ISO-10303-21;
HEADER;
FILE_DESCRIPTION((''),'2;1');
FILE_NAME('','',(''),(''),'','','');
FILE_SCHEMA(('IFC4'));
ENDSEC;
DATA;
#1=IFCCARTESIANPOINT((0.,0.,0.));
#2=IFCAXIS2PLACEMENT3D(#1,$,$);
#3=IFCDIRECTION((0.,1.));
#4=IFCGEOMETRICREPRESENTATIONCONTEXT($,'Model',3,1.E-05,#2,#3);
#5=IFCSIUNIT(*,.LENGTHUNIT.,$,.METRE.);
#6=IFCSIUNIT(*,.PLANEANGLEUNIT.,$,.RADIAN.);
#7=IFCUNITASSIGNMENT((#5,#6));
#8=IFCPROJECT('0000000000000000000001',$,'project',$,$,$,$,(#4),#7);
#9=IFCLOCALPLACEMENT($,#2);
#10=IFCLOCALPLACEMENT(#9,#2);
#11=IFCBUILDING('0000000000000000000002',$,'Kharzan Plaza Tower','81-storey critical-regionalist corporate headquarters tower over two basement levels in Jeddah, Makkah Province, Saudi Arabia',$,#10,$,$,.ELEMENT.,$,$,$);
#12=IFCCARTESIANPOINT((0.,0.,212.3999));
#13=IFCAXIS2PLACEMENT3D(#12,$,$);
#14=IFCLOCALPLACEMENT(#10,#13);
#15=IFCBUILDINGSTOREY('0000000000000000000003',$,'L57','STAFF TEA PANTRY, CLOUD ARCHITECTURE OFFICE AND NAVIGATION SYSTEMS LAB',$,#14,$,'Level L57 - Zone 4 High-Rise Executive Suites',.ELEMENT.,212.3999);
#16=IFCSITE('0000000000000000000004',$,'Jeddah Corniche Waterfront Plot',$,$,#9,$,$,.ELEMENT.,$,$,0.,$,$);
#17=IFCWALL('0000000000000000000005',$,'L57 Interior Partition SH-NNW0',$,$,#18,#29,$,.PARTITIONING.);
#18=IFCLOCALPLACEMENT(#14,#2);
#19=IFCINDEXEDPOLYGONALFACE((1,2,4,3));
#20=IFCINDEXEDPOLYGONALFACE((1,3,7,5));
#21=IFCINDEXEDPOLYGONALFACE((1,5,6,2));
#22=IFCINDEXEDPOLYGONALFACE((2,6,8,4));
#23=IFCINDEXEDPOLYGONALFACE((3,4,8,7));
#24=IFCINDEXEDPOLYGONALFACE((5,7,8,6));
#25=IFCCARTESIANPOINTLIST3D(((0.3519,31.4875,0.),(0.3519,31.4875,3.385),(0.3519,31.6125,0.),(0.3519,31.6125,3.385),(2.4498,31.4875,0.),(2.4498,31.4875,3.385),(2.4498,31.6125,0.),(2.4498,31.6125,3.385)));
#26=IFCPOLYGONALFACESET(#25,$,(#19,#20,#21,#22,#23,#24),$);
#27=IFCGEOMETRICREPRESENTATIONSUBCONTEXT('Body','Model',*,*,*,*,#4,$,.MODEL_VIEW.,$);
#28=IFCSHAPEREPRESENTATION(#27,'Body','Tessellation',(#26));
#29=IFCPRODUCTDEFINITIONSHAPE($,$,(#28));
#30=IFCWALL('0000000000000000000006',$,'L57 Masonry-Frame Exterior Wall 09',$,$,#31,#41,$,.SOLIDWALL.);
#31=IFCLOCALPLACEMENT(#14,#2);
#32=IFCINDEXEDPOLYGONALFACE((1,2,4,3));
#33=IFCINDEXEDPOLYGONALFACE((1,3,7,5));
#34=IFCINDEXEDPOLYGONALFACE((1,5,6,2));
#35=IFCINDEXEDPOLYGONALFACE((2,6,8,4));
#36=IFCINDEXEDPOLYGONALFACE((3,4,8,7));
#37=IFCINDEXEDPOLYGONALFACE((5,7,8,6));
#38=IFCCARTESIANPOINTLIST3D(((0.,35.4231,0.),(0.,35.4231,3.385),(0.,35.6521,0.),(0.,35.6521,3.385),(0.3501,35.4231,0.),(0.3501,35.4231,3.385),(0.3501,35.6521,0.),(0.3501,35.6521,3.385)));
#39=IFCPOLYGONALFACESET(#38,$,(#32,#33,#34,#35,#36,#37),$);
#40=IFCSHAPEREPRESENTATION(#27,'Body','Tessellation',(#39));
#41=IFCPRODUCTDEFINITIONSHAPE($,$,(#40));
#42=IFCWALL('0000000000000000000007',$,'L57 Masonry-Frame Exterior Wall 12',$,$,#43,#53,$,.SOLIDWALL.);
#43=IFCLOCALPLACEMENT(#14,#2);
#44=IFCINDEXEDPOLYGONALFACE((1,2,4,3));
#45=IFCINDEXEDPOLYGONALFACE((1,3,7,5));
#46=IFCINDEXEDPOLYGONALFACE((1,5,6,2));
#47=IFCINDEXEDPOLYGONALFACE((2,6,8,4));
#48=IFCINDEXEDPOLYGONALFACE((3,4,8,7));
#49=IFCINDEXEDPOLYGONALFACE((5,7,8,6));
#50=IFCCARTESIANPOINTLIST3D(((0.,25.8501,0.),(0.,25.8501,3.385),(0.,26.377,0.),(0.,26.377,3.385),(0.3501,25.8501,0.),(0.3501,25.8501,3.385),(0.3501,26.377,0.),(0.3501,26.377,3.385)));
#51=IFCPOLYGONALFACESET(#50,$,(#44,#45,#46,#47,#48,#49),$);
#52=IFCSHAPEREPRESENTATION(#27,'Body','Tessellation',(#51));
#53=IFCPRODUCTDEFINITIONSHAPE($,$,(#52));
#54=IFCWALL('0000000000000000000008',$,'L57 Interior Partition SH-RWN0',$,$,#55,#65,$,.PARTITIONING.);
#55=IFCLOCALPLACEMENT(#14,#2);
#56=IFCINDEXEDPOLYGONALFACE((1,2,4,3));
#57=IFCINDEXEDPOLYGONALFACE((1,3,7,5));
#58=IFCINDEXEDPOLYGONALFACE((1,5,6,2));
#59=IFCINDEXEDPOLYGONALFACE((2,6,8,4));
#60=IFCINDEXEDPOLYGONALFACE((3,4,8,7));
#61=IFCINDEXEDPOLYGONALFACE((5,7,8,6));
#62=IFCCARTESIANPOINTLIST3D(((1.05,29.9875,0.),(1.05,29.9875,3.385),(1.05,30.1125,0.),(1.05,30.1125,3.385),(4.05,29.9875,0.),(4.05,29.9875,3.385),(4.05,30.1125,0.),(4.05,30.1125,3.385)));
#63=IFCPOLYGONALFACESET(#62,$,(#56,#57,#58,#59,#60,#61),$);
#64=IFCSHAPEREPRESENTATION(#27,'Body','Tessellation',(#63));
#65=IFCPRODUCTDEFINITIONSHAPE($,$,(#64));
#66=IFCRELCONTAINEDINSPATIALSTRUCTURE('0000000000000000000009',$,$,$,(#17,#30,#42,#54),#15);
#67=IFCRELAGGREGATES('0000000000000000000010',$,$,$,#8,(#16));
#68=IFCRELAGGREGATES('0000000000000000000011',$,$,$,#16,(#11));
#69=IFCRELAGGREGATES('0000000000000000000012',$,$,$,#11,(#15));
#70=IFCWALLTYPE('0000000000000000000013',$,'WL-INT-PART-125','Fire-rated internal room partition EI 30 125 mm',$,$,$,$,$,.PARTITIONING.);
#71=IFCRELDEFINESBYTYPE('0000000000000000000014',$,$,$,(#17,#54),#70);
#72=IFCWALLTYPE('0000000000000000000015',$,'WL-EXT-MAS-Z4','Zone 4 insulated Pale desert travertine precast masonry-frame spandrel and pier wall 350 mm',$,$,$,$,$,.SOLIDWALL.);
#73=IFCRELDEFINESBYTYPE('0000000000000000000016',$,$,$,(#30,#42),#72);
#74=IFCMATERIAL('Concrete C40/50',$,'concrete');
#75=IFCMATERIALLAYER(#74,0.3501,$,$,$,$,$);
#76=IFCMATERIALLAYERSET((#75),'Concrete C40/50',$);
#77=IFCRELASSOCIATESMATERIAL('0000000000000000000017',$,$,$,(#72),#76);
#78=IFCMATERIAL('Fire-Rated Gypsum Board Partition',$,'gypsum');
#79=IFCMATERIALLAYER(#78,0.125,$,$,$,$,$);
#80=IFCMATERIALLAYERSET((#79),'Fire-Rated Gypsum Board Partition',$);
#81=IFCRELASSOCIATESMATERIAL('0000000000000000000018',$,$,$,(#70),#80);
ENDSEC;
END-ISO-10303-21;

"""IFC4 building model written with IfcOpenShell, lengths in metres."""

from ifc_helpers import new_model, si_unit, direction, frame, frame_2d, origin, place, context, subcontext, project, spatial, rectangle, extrude, source, transform, mapped, material, layer, layer_set, type_object, element, save


model = new_model("IFC4")

# Units and contexts
model_context = context("Model", 3, precision=1e-05, world=origin(), true_north=direction((0.0, 1.0)))
body_context = subcontext(model_context, "Body", "Model", "MODEL_VIEW")
ifc_project = project(units=[si_unit("LENGTHUNIT", "METRE"), si_unit("PLANEANGLEUNIT", "RADIAN")], contexts=[model_context])

# Site, building, storey
site_placement = place(None, origin())
site = spatial("IfcSite", under=ifc_project, at=site_placement, Name="Jeddah Corniche Waterfront Plot", CompositionType="ELEMENT", RefElevation=0.0)
building_placement = place(site_placement, origin())
building = spatial("IfcBuilding", under=site, at=building_placement, Name="Kharzan Plaza Tower", Description="81-storey critical-regionalist corporate headquarters tower over two basement levels in Jeddah, Makkah Province, Saudi Arabia", CompositionType="ELEMENT")
storey_placement = place(building_placement, frame((0.0, 0.0, 212.3999)))
storey = spatial("IfcBuildingStorey", under=building, at=storey_placement, Name="L57", Description="STAFF TEA PANTRY, CLOUD ARCHITECTURE OFFICE AND NAVIGATION SYSTEMS LAB", LongName="Level L57 - Zone 4 High-Rise Executive Suites", CompositionType="ELEMENT", Elevation=212.3999)

# Shared definitions
ifc_material_1 = material(Name="Concrete C40/50", Category="concrete")
ifc_layer_1 = layer(ifc_material_1, 0.3501)
ifc_layer_set_1 = layer_set([ifc_layer_1], Name="Concrete C40/50")
wall_type_1 = type_object("IfcWallType", Name="WL-EXT-MAS-Z4", Description="Zone 4 insulated Pale desert travertine precast masonry-frame spandrel and pier wall 350 mm", PredefinedType="SOLIDWALL", material=ifc_layer_set_1)

# Shared definitions
ifc_material_2 = material(Name="Fire-Rated Gypsum Board Partition", Category="gypsum")
ifc_layer_2 = layer(ifc_material_2, 0.125)
ifc_layer_set_2 = layer_set([ifc_layer_2], Name="Fire-Rated Gypsum Board Partition")
wall_type_2 = type_object("IfcWallType", Name="WL-INT-PART-125", Description="Fire-rated internal room partition EI 30 125 mm", PredefinedType="PARTITIONING", material=ifc_layer_set_2)

# Walls
shared_shape_1 = source(origin(), body_context, "Body", "SweptSolid", [
    extrude(rectangle(XDim=2.0979, YDim=0.125, at=frame_2d((1.0488, 0.0))), origin(), (0.0, 0.0, 1.0), 3.385),
])
wall_1_placement = place(storey_placement, frame((0.3521, 31.55, 0.0), z_axis=(0.0, 0.0, 1.0), x_axis=(1.0, 0.0, 0.0)))
element("IfcWall", 1, at=wall_1_placement, inside=storey, type_object=wall_type_2, Name="L57 Interior Partition SH-NNW0", PredefinedType="PARTITIONING", context=body_context, shape_type="MappedRepresentation", body=[
    mapped(shared_shape_1, transform((0.0, 0.0, 0.0), x_axis=(1.0, 0.0, 0.0), y_axis=(0.0, 1.0, 0.0), z_axis=(0.0, 0.0, 1.0))),
])
shared_shape_2 = source(origin(), body_context, "Body", "SweptSolid", [
    extrude(rectangle(XDim=0.229, YDim=0.3501, at=frame_2d((0.1145, 0.0))), origin(), (0.0, 0.0, 1.0), 3.385),
])
wall_2_placement = place(storey_placement, frame((0.175, 35.6521, 0.0), z_axis=(0.0, 0.0, 1.0), x_axis=(0.0, -1.0, 0.0)))
element("IfcWall", 2, at=wall_2_placement, inside=storey, type_object=wall_type_1, Name="L57 Masonry-Frame Exterior Wall 09", PredefinedType="SOLIDWALL", context=body_context, shape_type="MappedRepresentation", body=[
    mapped(shared_shape_2, transform((0.0, 0.0, 0.0), x_axis=(1.0, 0.0, 0.0), y_axis=(0.0, 1.0, 0.0), z_axis=(0.0, 0.0, 1.0))),
])
shared_shape_3 = source(origin(), body_context, "Body", "SweptSolid", [
    extrude(rectangle(XDim=0.5269, YDim=0.3501, at=frame_2d((0.2634, 0.0))), origin(), (0.0, 0.0, 1.0), 3.385),
])
wall_3_placement = place(storey_placement, frame((0.175, 26.377, 0.0), z_axis=(0.0, 0.0, 1.0), x_axis=(0.0, -1.0, 0.0)))
element("IfcWall", 3, at=wall_3_placement, inside=storey, type_object=wall_type_1, Name="L57 Masonry-Frame Exterior Wall 12", PredefinedType="SOLIDWALL", context=body_context, shape_type="MappedRepresentation", body=[
    mapped(shared_shape_3, transform((0.0, 0.0, 0.0), x_axis=(1.0, 0.0, 0.0), y_axis=(0.0, 1.0, 0.0), z_axis=(0.0, 0.0, 1.0))),
])
shared_shape_4 = source(origin(), body_context, "Body", "SweptSolid", [
    extrude(rectangle(XDim=3.0, YDim=0.125, at=frame_2d((1.5, 0.0))), origin(), (0.0, 0.0, 1.0), 3.385),
])
wall_4_placement = place(storey_placement, frame((1.05, 30.05, 0.0), z_axis=(0.0, 0.0, 1.0), x_axis=(1.0, 0.0, 0.0)))
element("IfcWall", 4, at=wall_4_placement, inside=storey, type_object=wall_type_2, Name="L57 Interior Partition SH-RWN0", PredefinedType="PARTITIONING", context=body_context, shape_type="MappedRepresentation", body=[
    mapped(shared_shape_4, transform((0.0, 0.0, 0.0), x_axis=(1.0, 0.0, 0.0), y_axis=(0.0, 1.0, 0.0), z_axis=(0.0, 0.0, 1.0))),
])

save(model, "model.ifc")
